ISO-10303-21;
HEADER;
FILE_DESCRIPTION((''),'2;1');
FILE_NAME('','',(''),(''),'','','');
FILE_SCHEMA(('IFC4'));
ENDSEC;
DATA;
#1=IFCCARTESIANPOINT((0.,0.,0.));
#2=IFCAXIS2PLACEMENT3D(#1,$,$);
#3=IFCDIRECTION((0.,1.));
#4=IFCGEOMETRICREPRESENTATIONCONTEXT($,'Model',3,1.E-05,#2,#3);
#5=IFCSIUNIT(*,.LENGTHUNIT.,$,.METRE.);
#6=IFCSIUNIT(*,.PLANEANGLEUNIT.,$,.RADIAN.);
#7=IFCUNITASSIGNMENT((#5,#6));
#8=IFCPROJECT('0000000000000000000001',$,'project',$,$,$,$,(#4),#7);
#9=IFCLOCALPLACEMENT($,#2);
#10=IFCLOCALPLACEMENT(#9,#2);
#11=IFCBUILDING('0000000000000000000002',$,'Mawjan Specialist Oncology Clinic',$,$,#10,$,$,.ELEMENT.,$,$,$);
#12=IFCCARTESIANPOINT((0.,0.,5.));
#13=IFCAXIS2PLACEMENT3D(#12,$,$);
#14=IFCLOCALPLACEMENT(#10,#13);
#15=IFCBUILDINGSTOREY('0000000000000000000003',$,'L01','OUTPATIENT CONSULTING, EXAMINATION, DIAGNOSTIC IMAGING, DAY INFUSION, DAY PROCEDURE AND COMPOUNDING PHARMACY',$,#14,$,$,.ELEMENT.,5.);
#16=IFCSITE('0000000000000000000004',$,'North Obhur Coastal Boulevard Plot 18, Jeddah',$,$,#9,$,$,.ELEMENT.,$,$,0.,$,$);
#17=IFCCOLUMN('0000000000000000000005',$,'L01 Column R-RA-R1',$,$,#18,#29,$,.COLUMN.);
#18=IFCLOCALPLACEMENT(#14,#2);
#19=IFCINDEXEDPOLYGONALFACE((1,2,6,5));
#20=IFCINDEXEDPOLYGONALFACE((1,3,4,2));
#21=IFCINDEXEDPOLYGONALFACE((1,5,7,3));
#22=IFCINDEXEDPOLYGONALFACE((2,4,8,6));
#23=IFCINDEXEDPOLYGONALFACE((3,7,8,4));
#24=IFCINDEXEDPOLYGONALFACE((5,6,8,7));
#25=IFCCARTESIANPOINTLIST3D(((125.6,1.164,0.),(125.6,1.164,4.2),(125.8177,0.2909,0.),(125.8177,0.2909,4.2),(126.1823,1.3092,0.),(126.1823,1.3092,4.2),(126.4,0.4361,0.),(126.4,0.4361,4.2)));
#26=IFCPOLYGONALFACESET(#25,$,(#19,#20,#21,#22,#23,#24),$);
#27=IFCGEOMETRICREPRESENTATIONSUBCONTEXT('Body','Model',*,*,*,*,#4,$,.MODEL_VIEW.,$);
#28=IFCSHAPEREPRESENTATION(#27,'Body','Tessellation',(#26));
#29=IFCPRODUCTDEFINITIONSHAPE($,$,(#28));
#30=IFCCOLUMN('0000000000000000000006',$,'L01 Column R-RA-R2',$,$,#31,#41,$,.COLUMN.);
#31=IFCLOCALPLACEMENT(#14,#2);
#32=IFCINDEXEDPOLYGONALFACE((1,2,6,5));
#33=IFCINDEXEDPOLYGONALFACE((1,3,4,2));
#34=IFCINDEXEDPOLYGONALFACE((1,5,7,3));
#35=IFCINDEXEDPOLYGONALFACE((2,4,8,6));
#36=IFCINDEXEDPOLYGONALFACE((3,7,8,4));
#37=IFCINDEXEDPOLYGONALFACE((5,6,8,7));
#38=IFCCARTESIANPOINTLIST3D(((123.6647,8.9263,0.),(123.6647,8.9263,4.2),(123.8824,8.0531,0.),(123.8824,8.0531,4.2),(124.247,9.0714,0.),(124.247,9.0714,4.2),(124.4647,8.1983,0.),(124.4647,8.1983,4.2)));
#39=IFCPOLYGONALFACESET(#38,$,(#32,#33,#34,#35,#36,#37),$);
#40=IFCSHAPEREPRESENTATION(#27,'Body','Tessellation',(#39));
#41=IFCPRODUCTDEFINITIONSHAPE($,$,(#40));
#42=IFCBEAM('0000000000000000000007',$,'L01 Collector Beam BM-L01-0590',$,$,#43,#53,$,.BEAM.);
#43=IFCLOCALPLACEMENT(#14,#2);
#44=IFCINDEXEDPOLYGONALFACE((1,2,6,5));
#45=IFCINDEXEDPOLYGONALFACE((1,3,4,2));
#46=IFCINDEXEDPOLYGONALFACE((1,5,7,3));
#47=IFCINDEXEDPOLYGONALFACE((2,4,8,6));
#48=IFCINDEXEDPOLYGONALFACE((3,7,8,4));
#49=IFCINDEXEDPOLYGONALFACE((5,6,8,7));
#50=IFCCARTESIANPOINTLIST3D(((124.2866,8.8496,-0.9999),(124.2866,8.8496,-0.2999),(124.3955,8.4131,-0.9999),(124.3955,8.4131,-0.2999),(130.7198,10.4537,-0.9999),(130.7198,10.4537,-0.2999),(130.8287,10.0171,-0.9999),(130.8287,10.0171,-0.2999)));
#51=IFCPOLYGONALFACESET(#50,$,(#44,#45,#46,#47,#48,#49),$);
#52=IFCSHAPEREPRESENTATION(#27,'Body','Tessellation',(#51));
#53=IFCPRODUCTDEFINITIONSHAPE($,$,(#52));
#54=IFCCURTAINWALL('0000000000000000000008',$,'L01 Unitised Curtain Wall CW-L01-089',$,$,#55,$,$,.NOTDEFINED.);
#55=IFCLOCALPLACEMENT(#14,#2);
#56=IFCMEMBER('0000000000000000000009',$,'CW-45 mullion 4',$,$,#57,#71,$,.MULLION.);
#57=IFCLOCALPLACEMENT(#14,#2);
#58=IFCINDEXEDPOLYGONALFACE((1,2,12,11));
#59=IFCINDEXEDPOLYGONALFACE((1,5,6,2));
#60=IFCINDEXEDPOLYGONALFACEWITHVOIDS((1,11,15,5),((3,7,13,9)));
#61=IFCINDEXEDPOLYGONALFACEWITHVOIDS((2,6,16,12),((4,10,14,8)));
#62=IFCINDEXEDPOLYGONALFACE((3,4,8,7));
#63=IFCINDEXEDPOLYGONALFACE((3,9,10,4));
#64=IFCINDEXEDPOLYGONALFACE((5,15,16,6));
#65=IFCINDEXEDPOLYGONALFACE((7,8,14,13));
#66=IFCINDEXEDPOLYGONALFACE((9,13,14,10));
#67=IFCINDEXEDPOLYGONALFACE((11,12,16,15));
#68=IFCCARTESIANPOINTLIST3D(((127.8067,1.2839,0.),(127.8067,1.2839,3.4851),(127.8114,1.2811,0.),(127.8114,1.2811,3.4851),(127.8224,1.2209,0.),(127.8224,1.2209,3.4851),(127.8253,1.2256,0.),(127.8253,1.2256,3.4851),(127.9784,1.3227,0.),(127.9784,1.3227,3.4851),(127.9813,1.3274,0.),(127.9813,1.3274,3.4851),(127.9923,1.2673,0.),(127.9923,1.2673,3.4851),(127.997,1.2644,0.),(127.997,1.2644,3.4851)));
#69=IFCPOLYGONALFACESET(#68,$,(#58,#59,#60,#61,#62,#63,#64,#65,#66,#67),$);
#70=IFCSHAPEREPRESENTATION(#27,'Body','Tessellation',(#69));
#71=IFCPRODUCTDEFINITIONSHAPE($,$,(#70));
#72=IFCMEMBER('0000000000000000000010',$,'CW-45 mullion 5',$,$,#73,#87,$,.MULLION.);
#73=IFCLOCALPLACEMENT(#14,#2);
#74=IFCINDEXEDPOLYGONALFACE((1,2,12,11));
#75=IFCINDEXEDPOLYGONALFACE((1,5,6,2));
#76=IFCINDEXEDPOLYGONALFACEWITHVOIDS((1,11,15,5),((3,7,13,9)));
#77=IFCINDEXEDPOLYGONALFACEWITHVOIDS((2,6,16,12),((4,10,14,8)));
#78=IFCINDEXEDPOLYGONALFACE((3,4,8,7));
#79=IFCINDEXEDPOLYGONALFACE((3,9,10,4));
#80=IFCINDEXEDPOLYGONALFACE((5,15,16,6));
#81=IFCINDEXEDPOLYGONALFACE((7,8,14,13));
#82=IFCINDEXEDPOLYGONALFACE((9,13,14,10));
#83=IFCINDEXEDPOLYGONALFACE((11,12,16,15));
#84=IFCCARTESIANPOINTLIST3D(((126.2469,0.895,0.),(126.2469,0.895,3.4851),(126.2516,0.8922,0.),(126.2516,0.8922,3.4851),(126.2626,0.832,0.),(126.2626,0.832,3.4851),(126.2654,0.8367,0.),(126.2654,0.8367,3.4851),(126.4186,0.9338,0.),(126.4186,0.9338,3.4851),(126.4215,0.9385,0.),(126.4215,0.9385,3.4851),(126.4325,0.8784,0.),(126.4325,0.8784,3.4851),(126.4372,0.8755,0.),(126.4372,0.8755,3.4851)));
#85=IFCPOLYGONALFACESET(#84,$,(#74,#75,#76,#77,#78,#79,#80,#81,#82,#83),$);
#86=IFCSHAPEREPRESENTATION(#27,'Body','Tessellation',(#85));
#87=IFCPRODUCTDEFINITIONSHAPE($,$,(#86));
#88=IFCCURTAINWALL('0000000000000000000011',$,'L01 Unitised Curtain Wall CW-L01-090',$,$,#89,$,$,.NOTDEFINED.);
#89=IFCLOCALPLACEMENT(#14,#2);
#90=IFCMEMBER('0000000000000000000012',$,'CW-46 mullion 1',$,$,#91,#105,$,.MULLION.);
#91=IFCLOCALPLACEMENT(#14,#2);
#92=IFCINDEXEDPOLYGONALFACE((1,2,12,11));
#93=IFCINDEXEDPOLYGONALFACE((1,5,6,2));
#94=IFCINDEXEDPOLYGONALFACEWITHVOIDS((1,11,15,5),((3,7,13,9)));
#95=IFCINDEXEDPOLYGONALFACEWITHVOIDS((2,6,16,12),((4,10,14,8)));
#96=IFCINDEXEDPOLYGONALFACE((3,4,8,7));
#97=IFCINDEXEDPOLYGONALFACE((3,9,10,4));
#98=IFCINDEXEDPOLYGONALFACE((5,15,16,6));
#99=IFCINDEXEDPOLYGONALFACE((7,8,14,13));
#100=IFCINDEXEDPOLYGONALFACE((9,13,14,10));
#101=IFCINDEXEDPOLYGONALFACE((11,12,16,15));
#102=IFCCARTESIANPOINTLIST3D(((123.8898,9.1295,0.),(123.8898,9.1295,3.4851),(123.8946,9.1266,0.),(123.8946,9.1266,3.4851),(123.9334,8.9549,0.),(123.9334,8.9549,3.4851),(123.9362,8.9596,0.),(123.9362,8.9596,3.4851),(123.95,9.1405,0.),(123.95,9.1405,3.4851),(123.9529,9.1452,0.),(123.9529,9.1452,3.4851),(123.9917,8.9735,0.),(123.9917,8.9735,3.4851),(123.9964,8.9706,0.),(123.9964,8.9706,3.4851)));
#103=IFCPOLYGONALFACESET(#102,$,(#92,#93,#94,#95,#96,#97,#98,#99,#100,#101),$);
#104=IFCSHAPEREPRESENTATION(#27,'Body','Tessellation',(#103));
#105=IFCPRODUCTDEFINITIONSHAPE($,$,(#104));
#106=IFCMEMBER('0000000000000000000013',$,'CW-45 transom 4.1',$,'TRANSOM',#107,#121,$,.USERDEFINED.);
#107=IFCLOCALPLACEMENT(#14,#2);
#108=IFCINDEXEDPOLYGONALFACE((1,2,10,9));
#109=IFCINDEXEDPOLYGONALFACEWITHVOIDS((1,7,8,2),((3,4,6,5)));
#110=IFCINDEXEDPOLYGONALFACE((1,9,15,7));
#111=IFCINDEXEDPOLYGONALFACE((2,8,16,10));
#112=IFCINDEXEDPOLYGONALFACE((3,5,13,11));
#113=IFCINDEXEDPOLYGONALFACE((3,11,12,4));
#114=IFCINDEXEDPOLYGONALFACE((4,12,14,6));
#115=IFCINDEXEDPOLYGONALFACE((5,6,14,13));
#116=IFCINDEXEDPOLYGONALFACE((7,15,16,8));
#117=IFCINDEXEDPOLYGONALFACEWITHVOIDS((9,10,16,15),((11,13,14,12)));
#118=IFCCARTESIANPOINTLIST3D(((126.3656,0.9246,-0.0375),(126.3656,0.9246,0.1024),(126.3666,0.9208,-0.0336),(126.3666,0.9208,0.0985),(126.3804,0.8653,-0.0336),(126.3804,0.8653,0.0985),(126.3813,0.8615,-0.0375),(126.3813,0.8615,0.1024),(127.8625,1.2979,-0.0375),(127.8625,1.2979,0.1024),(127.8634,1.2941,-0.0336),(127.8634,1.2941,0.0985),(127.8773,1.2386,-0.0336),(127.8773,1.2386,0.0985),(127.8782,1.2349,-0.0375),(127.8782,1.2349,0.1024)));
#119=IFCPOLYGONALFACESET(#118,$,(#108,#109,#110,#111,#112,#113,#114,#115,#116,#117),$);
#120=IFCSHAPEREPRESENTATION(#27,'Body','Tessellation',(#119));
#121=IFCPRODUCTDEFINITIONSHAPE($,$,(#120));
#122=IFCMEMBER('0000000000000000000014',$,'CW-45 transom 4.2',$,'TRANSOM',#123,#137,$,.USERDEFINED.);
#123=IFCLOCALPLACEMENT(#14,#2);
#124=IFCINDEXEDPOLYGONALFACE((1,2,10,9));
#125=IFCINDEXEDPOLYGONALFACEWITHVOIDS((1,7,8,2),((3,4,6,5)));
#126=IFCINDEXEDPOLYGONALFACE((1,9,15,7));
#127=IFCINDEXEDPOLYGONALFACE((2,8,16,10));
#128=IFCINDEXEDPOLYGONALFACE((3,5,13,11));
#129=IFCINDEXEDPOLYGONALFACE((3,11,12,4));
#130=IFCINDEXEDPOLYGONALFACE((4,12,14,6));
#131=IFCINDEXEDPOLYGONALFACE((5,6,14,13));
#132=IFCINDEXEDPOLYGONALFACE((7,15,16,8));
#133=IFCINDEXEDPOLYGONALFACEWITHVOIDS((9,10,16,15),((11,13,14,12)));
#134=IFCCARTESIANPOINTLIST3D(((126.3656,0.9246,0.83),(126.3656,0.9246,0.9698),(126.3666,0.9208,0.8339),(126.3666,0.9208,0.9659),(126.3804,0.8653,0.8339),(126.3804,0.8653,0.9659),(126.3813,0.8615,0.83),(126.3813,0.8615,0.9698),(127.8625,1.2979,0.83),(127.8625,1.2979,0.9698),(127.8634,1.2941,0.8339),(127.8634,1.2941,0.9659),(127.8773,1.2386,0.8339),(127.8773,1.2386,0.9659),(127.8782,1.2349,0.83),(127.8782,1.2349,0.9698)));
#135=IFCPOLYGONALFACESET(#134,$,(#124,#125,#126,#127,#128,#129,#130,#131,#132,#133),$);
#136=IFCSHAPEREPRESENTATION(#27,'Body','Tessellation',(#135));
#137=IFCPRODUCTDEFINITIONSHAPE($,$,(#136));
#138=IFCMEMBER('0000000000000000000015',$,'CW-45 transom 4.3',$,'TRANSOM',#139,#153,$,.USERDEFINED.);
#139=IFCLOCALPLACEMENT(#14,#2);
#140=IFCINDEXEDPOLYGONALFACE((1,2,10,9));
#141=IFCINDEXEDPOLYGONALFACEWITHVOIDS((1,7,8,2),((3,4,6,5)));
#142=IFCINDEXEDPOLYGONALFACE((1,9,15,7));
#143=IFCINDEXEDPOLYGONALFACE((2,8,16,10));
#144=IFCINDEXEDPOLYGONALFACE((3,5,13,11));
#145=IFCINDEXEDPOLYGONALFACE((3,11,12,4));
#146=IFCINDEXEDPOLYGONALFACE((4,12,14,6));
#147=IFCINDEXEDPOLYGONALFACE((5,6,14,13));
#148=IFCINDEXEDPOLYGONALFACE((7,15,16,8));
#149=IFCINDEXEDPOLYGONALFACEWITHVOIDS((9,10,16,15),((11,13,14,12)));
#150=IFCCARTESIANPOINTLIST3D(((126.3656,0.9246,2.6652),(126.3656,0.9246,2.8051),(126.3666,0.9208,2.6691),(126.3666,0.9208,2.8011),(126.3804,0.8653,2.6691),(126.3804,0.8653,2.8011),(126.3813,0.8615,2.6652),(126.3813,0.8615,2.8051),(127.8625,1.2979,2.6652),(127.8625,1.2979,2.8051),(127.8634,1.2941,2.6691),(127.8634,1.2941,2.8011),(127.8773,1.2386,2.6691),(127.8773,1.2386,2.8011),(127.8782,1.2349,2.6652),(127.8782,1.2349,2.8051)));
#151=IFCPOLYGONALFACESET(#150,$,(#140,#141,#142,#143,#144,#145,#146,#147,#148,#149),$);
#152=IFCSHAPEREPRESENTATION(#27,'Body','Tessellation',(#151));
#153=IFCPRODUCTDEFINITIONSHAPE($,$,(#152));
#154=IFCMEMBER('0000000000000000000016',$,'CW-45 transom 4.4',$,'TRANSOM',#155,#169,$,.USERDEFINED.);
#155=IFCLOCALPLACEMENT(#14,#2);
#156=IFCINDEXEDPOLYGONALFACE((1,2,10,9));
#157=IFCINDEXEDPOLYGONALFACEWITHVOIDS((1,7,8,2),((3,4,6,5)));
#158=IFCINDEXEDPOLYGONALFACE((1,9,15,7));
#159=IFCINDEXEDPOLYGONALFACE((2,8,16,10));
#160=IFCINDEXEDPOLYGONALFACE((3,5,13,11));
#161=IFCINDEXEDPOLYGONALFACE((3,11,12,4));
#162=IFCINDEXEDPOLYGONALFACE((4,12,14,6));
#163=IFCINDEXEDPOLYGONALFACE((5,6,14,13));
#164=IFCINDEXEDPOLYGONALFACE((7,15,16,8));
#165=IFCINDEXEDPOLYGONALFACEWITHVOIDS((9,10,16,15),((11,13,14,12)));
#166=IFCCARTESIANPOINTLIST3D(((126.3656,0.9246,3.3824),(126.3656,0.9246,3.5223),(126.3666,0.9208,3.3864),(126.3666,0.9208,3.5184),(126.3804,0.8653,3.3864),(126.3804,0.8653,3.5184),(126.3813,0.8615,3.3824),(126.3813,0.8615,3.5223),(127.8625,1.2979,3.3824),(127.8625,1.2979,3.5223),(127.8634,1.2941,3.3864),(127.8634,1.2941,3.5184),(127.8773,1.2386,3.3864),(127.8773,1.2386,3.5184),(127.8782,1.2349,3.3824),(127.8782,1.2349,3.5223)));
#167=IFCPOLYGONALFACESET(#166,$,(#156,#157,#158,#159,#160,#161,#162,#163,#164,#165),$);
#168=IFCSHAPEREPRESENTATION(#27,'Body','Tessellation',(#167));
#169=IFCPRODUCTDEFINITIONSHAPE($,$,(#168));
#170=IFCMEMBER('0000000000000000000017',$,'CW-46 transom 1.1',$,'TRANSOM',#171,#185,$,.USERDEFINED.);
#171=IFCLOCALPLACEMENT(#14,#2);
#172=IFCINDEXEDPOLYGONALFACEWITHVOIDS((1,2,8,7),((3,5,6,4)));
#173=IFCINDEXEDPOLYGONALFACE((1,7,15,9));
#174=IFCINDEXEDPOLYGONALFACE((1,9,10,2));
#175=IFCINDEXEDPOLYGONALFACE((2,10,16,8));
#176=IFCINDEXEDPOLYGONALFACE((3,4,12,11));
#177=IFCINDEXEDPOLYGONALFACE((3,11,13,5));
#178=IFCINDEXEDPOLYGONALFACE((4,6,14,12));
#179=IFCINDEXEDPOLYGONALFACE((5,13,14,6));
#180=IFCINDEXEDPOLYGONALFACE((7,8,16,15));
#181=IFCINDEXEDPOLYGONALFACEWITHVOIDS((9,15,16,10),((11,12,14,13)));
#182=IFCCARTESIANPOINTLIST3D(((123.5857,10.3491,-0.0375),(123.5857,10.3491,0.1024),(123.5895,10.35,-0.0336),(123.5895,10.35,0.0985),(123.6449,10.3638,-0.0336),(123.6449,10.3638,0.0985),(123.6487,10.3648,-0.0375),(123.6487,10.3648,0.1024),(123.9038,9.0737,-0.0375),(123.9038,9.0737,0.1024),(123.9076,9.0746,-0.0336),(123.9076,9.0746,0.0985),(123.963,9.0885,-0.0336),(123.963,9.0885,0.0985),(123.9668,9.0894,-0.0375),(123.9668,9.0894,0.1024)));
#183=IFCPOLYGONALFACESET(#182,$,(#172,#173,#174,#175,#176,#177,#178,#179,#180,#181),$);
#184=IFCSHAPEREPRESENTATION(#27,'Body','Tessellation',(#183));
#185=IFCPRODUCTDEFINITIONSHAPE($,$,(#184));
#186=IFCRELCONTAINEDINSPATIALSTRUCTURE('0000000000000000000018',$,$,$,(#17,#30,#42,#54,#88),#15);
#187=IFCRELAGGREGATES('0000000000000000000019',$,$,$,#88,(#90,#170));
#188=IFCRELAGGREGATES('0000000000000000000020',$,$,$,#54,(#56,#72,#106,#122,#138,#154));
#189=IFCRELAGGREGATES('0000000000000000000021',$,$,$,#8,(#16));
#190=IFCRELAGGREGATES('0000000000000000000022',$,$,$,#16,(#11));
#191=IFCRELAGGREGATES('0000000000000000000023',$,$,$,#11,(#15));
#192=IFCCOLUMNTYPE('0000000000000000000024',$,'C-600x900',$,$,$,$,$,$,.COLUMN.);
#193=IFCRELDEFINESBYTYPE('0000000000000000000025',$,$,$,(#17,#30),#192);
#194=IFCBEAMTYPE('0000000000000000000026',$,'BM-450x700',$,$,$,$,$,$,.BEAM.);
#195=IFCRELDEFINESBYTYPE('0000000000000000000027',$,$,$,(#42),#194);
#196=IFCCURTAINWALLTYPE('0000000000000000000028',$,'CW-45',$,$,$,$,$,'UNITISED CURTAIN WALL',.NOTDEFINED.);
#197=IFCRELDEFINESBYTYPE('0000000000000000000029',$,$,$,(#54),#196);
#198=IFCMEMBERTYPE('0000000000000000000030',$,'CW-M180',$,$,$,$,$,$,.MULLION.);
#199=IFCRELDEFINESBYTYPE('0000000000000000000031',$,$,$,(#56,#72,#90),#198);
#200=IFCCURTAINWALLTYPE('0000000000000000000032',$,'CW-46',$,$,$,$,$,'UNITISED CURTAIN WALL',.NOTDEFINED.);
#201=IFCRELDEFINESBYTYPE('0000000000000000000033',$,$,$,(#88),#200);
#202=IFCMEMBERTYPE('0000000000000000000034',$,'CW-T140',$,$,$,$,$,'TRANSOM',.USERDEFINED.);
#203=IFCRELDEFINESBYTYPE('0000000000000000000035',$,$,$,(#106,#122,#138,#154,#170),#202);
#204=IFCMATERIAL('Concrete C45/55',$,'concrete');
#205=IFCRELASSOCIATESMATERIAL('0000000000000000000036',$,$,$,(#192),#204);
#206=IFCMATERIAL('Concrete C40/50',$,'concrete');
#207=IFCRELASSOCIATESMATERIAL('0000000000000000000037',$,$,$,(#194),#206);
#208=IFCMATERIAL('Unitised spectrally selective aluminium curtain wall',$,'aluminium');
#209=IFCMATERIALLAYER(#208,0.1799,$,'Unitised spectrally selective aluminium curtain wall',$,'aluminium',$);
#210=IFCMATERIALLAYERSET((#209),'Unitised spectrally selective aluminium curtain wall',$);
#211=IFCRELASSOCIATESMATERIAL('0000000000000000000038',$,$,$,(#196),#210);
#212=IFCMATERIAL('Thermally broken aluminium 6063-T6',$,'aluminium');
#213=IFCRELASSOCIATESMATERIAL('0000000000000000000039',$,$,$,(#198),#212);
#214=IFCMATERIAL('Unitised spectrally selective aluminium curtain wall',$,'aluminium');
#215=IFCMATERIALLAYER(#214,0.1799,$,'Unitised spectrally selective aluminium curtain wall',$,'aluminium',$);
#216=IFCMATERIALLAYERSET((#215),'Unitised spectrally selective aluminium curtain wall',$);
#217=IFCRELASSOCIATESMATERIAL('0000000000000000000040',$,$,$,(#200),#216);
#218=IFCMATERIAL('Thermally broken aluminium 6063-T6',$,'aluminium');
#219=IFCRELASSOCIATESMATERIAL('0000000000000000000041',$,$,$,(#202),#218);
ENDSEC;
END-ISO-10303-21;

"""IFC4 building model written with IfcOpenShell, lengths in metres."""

from ifc_helpers import new_model, si_unit, direction, frame, origin, origin_2d, place, context, subcontext, project, spatial, rectangle, hollow_rectangle, extrude, material, layer, layer_set, material_profile, profile_set, type_object, element, aggregate, save


model = new_model("IFC4")

# Units and contexts
model_context = context("Model", 3, precision=1e-05, world=origin(), true_north=direction((0.0, 1.0)))
body_context = subcontext(model_context, "Body", "Model", "MODEL_VIEW")
ifc_project = project(units=[si_unit("LENGTHUNIT", "METRE"), si_unit("PLANEANGLEUNIT", "RADIAN")], contexts=[model_context])

# Site, building, storey
site_placement = place(None, origin())
site = spatial("IfcSite", under=ifc_project, at=site_placement, Name="North Obhur Coastal Boulevard Plot 18, Jeddah", CompositionType="ELEMENT", RefElevation=0.0)
building_placement = place(site_placement, origin())
building = spatial("IfcBuilding", under=site, at=building_placement, Name="Mawjan Specialist Oncology Clinic", CompositionType="ELEMENT")
storey_placement = place(building_placement, frame((0.0, 0.0, 5.0)))
storey = spatial("IfcBuildingStorey", under=building, at=storey_placement, Name="L01", Description="OUTPATIENT CONSULTING, EXAMINATION, DIAGNOSTIC IMAGING, DAY INFUSION, DAY PROCEDURE AND COMPOUNDING PHARMACY", CompositionType="ELEMENT", Elevation=5.0)

# Columns
ifc_material_1 = material(Name="Concrete C45/55", Category="concrete")
ifc_material_profile_1 = material_profile(ifc_material_1, rectangle(XDim=0.6001, YDim=0.8999, at=origin_2d()), Name="RC COL 600x900", Category="concrete")
ifc_profile_set_1 = profile_set([ifc_material_profile_1], Name="Concrete C45/55")
column_type = type_object("IfcColumnType", Name="C-600x900", PredefinedType="COLUMN", material=ifc_profile_set_1)
for number, where, z_axis, x_axis, name in (
    (1, (126.0, 0.8, 0.0), (0.0, 0.0, 1.0), (0.970296, 0.241922, 0.0), "L01 Column R-RA-R1"),
    (2, (124.0647, 8.5623, 0.0), (0.0, 0.0, 1.0), (0.970296, 0.241922, 0.0), "L01 Column R-RA-R2"),
):
    element("IfcColumn", number, at=place(storey_placement, frame(where, z_axis=z_axis, x_axis=x_axis)), inside=storey, type_object=column_type, Name=name, PredefinedType="COLUMN", context=body_context, shape_type="SweptSolid", body=[
        extrude(rectangle(XDim=0.6001, YDim=0.8999, at=origin_2d()), origin(), (0.0, 0.0, 1.0), 4.2),
    ])

# Beam
ifc_material_2 = material(Name="Concrete C40/50", Category="concrete")
ifc_material_profile_2 = material_profile(ifc_material_2, rectangle(XDim=0.45, YDim=0.7, at=origin_2d()), Name="RC BM 450x700", Category="concrete")
ifc_profile_set_2 = profile_set([ifc_material_profile_2], Name="Concrete C40/50")
beam_type_1 = type_object("IfcBeamType", Name="BM-450x700", PredefinedType="BEAM", material=ifc_profile_set_2)
beam_1_placement = place(storey_placement, frame((124.3411, 8.6313, -0.6499), z_axis=(0.970294, 0.241929, 0.0), x_axis=(-0.241929, 0.970294, 0.0)))
element("IfcBeam", 3, at=beam_1_placement, inside=storey, type_object=beam_type_1, Name="L01 Collector Beam BM-L01-0590", PredefinedType="BEAM", context=body_context, shape_type="SweptSolid", body=[
    extrude(rectangle(XDim=0.45, YDim=0.7, at=origin_2d()), origin(), (0.0, 0.0, 1.0), 6.6301),
])

# Curtain wall, members
ifc_material_3 = material(Name="Unitised spectrally selective aluminium curtain wall", Category="aluminium")
ifc_layer_1 = layer(ifc_material_3, 0.1799, Name="Unitised spectrally selective aluminium curtain wall", Category="aluminium")
ifc_layer_set_1 = layer_set([ifc_layer_1], Name="Unitised spectrally selective aluminium curtain wall")
curtain_wall_type_1 = type_object("IfcCurtainWallType", Name="CW-45", ElementType="UNITISED CURTAIN WALL", PredefinedType="NOTDEFINED", material=ifc_layer_set_1)
curtain_wall_1_placement = place(storey_placement, origin())
curtain_wall_1 = element("IfcCurtainWall", 4, at=curtain_wall_1_placement, inside=storey, type_object=curtain_wall_type_1, Name="L01 Unitised Curtain Wall CW-L01-089", PredefinedType="NOTDEFINED")
ifc_material_4 = material(Name="Thermally broken aluminium 6063-T6", Category="aluminium")
ifc_material_profile_3 = material_profile(ifc_material_4, hollow_rectangle(XDim=0.0649, YDim=0.1799, WallThickness=0.0039, at=origin_2d()), Name="ALU MULLION 180x65x4", Category="aluminium")
ifc_profile_set_3 = profile_set([ifc_material_profile_3], Name="Thermally broken aluminium 6063-T6")
member_type_1 = type_object("IfcMemberType", Name="CW-M180", PredefinedType="MULLION", material=ifc_profile_set_3)
member_1_placement = place(storey_placement, frame((127.9019, 1.2742, 0.0), z_axis=(0.0, 0.0, 1.0), x_axis=(0.241922, -0.970296, 0.0)))
member_1 = element("IfcMember", 5, at=member_1_placement, type_object=member_type_1, Name="CW-45 mullion 4", PredefinedType="MULLION", context=body_context, shape_type="SweptSolid", body=[
    extrude(hollow_rectangle(XDim=0.0649, YDim=0.1799, WallThickness=0.0039, at=origin_2d()), origin(), (0.0, 0.0, 1.0), 3.4851),
])
member_2_placement = place(storey_placement, frame((126.342, 0.8853, 0.0), z_axis=(0.0, 0.0, 1.0), x_axis=(0.241922, -0.970296, 0.0)))
member_2 = element("IfcMember", 6, at=member_2_placement, type_object=member_type_1, Name="CW-45 mullion 5", PredefinedType="MULLION", context=body_context, shape_type="SweptSolid", body=[
    extrude(hollow_rectangle(XDim=0.0649, YDim=0.1799, WallThickness=0.0039, at=origin_2d()), origin(), (0.0, 0.0, 1.0), 3.4851),
])

# Curtain wall, member
ifc_material_5 = material(Name="Unitised spectrally selective aluminium curtain wall", Category="aluminium")
ifc_layer_2 = layer(ifc_material_5, 0.1799, Name="Unitised spectrally selective aluminium curtain wall", Category="aluminium")
ifc_layer_set_2 = layer_set([ifc_layer_2], Name="Unitised spectrally selective aluminium curtain wall")
curtain_wall_type_2 = type_object("IfcCurtainWallType", Name="CW-46", ElementType="UNITISED CURTAIN WALL", PredefinedType="NOTDEFINED", material=ifc_layer_set_2)
curtain_wall_2_placement = place(storey_placement, origin())
curtain_wall_2 = element("IfcCurtainWall", 7, at=curtain_wall_2_placement, inside=storey, type_object=curtain_wall_type_2, Name="L01 Unitised Curtain Wall CW-L01-090", PredefinedType="NOTDEFINED")
member_3_placement = place(storey_placement, frame((123.9431, 9.05, 0.0), z_axis=(0.0, 0.0, 1.0), x_axis=(-0.970296, -0.241922, 0.0)))
member_3 = element("IfcMember", 8, at=member_3_placement, type_object=member_type_1, Name="CW-46 mullion 1", PredefinedType="MULLION", context=body_context, shape_type="SweptSolid", body=[
    extrude(hollow_rectangle(XDim=0.0649, YDim=0.1799, WallThickness=0.0039, at=origin_2d()), origin(), (0.0, 0.0, 1.0), 3.4851),
])

# Members
ifc_material_6 = material(Name="Thermally broken aluminium 6063-T6", Category="aluminium")
ifc_material_profile_4 = material_profile(ifc_material_6, hollow_rectangle(XDim=0.0649, YDim=0.1399, WallThickness=0.0039, at=origin_2d()), Name="ALU TRANSOM 140x65x4", Category="aluminium")
ifc_profile_set_4 = profile_set([ifc_material_profile_4], Name="Thermally broken aluminium 6063-T6")
member_type_2 = type_object("IfcMemberType", Name="CW-T140", ElementType="TRANSOM", PredefinedType="USERDEFINED", material=ifc_profile_set_4)
member_4_placement = place(storey_placement, frame((127.8704, 1.2664, 0.0325), z_axis=(-0.970282, -0.241977, 0.0), x_axis=(0.241977, -0.970282, 0.0)))
member_4 = element("IfcMember", 9, at=member_4_placement, type_object=member_type_2, Name="CW-45 transom 4.1", ObjectType="TRANSOM", PredefinedType="USERDEFINED", context=body_context, shape_type="SweptSolid", body=[
    extrude(hollow_rectangle(XDim=0.0649, YDim=0.1399, WallThickness=0.0039, at=origin_2d()), origin(), (0.0, 0.0, 1.0), 1.5427),
])
member_5_placement = place(storey_placement, frame((127.8704, 1.2664, 0.8999), z_axis=(-0.970282, -0.241977, 0.0), x_axis=(0.241977, -0.970282, 0.0)))
member_5 = element("IfcMember", 10, at=member_5_placement, type_object=member_type_2, Name="CW-45 transom 4.2", ObjectType="TRANSOM", PredefinedType="USERDEFINED", context=body_context, shape_type="SweptSolid", body=[
    extrude(hollow_rectangle(XDim=0.0649, YDim=0.1399, WallThickness=0.0039, at=origin_2d()), origin(), (0.0, 0.0, 1.0), 1.5427),
])
member_6_placement = place(storey_placement, frame((127.8704, 1.2664, 2.7351), z_axis=(-0.970282, -0.241977, 0.0), x_axis=(0.241977, -0.970282, 0.0)))
member_6 = element("IfcMember", 11, at=member_6_placement, type_object=member_type_2, Name="CW-45 transom 4.3", ObjectType="TRANSOM", PredefinedType="USERDEFINED", context=body_context, shape_type="SweptSolid", body=[
    extrude(hollow_rectangle(XDim=0.0649, YDim=0.1399, WallThickness=0.0039, at=origin_2d()), origin(), (0.0, 0.0, 1.0), 1.5427),
])
member_7_placement = place(storey_placement, frame((127.8704, 1.2664, 3.4524), z_axis=(-0.970282, -0.241977, 0.0), x_axis=(0.241977, -0.970282, 0.0)))
member_7 = element("IfcMember", 12, at=member_7_placement, type_object=member_type_2, Name="CW-45 transom 4.4", ObjectType="TRANSOM", PredefinedType="USERDEFINED", context=body_context, shape_type="SweptSolid", body=[
    extrude(hollow_rectangle(XDim=0.0649, YDim=0.1399, WallThickness=0.0039, at=origin_2d()), origin(), (0.0, 0.0, 1.0), 1.5427),
])
member_8_placement = place(storey_placement, frame((123.9353, 9.0815, 0.0325), z_axis=(-0.242011, 0.970273, 0.0), x_axis=(-0.970273, -0.242011, 0.0)))
member_8 = element("IfcMember", 13, at=member_8_placement, type_object=member_type_2, Name="CW-46 transom 1.1", ObjectType="TRANSOM", PredefinedType="USERDEFINED", context=body_context, shape_type="SweptSolid", body=[
    extrude(hollow_rectangle(XDim=0.0649, YDim=0.1399, WallThickness=0.0039, at=origin_2d()), origin(), (0.0, 0.0, 1.0), 1.3145),
])
aggregate(curtain_wall_2, [member_3, member_8])

aggregate(curtain_wall_1, [member_1, member_2, member_4, member_5, member_6, member_7])

save(model, "model.ifc")
